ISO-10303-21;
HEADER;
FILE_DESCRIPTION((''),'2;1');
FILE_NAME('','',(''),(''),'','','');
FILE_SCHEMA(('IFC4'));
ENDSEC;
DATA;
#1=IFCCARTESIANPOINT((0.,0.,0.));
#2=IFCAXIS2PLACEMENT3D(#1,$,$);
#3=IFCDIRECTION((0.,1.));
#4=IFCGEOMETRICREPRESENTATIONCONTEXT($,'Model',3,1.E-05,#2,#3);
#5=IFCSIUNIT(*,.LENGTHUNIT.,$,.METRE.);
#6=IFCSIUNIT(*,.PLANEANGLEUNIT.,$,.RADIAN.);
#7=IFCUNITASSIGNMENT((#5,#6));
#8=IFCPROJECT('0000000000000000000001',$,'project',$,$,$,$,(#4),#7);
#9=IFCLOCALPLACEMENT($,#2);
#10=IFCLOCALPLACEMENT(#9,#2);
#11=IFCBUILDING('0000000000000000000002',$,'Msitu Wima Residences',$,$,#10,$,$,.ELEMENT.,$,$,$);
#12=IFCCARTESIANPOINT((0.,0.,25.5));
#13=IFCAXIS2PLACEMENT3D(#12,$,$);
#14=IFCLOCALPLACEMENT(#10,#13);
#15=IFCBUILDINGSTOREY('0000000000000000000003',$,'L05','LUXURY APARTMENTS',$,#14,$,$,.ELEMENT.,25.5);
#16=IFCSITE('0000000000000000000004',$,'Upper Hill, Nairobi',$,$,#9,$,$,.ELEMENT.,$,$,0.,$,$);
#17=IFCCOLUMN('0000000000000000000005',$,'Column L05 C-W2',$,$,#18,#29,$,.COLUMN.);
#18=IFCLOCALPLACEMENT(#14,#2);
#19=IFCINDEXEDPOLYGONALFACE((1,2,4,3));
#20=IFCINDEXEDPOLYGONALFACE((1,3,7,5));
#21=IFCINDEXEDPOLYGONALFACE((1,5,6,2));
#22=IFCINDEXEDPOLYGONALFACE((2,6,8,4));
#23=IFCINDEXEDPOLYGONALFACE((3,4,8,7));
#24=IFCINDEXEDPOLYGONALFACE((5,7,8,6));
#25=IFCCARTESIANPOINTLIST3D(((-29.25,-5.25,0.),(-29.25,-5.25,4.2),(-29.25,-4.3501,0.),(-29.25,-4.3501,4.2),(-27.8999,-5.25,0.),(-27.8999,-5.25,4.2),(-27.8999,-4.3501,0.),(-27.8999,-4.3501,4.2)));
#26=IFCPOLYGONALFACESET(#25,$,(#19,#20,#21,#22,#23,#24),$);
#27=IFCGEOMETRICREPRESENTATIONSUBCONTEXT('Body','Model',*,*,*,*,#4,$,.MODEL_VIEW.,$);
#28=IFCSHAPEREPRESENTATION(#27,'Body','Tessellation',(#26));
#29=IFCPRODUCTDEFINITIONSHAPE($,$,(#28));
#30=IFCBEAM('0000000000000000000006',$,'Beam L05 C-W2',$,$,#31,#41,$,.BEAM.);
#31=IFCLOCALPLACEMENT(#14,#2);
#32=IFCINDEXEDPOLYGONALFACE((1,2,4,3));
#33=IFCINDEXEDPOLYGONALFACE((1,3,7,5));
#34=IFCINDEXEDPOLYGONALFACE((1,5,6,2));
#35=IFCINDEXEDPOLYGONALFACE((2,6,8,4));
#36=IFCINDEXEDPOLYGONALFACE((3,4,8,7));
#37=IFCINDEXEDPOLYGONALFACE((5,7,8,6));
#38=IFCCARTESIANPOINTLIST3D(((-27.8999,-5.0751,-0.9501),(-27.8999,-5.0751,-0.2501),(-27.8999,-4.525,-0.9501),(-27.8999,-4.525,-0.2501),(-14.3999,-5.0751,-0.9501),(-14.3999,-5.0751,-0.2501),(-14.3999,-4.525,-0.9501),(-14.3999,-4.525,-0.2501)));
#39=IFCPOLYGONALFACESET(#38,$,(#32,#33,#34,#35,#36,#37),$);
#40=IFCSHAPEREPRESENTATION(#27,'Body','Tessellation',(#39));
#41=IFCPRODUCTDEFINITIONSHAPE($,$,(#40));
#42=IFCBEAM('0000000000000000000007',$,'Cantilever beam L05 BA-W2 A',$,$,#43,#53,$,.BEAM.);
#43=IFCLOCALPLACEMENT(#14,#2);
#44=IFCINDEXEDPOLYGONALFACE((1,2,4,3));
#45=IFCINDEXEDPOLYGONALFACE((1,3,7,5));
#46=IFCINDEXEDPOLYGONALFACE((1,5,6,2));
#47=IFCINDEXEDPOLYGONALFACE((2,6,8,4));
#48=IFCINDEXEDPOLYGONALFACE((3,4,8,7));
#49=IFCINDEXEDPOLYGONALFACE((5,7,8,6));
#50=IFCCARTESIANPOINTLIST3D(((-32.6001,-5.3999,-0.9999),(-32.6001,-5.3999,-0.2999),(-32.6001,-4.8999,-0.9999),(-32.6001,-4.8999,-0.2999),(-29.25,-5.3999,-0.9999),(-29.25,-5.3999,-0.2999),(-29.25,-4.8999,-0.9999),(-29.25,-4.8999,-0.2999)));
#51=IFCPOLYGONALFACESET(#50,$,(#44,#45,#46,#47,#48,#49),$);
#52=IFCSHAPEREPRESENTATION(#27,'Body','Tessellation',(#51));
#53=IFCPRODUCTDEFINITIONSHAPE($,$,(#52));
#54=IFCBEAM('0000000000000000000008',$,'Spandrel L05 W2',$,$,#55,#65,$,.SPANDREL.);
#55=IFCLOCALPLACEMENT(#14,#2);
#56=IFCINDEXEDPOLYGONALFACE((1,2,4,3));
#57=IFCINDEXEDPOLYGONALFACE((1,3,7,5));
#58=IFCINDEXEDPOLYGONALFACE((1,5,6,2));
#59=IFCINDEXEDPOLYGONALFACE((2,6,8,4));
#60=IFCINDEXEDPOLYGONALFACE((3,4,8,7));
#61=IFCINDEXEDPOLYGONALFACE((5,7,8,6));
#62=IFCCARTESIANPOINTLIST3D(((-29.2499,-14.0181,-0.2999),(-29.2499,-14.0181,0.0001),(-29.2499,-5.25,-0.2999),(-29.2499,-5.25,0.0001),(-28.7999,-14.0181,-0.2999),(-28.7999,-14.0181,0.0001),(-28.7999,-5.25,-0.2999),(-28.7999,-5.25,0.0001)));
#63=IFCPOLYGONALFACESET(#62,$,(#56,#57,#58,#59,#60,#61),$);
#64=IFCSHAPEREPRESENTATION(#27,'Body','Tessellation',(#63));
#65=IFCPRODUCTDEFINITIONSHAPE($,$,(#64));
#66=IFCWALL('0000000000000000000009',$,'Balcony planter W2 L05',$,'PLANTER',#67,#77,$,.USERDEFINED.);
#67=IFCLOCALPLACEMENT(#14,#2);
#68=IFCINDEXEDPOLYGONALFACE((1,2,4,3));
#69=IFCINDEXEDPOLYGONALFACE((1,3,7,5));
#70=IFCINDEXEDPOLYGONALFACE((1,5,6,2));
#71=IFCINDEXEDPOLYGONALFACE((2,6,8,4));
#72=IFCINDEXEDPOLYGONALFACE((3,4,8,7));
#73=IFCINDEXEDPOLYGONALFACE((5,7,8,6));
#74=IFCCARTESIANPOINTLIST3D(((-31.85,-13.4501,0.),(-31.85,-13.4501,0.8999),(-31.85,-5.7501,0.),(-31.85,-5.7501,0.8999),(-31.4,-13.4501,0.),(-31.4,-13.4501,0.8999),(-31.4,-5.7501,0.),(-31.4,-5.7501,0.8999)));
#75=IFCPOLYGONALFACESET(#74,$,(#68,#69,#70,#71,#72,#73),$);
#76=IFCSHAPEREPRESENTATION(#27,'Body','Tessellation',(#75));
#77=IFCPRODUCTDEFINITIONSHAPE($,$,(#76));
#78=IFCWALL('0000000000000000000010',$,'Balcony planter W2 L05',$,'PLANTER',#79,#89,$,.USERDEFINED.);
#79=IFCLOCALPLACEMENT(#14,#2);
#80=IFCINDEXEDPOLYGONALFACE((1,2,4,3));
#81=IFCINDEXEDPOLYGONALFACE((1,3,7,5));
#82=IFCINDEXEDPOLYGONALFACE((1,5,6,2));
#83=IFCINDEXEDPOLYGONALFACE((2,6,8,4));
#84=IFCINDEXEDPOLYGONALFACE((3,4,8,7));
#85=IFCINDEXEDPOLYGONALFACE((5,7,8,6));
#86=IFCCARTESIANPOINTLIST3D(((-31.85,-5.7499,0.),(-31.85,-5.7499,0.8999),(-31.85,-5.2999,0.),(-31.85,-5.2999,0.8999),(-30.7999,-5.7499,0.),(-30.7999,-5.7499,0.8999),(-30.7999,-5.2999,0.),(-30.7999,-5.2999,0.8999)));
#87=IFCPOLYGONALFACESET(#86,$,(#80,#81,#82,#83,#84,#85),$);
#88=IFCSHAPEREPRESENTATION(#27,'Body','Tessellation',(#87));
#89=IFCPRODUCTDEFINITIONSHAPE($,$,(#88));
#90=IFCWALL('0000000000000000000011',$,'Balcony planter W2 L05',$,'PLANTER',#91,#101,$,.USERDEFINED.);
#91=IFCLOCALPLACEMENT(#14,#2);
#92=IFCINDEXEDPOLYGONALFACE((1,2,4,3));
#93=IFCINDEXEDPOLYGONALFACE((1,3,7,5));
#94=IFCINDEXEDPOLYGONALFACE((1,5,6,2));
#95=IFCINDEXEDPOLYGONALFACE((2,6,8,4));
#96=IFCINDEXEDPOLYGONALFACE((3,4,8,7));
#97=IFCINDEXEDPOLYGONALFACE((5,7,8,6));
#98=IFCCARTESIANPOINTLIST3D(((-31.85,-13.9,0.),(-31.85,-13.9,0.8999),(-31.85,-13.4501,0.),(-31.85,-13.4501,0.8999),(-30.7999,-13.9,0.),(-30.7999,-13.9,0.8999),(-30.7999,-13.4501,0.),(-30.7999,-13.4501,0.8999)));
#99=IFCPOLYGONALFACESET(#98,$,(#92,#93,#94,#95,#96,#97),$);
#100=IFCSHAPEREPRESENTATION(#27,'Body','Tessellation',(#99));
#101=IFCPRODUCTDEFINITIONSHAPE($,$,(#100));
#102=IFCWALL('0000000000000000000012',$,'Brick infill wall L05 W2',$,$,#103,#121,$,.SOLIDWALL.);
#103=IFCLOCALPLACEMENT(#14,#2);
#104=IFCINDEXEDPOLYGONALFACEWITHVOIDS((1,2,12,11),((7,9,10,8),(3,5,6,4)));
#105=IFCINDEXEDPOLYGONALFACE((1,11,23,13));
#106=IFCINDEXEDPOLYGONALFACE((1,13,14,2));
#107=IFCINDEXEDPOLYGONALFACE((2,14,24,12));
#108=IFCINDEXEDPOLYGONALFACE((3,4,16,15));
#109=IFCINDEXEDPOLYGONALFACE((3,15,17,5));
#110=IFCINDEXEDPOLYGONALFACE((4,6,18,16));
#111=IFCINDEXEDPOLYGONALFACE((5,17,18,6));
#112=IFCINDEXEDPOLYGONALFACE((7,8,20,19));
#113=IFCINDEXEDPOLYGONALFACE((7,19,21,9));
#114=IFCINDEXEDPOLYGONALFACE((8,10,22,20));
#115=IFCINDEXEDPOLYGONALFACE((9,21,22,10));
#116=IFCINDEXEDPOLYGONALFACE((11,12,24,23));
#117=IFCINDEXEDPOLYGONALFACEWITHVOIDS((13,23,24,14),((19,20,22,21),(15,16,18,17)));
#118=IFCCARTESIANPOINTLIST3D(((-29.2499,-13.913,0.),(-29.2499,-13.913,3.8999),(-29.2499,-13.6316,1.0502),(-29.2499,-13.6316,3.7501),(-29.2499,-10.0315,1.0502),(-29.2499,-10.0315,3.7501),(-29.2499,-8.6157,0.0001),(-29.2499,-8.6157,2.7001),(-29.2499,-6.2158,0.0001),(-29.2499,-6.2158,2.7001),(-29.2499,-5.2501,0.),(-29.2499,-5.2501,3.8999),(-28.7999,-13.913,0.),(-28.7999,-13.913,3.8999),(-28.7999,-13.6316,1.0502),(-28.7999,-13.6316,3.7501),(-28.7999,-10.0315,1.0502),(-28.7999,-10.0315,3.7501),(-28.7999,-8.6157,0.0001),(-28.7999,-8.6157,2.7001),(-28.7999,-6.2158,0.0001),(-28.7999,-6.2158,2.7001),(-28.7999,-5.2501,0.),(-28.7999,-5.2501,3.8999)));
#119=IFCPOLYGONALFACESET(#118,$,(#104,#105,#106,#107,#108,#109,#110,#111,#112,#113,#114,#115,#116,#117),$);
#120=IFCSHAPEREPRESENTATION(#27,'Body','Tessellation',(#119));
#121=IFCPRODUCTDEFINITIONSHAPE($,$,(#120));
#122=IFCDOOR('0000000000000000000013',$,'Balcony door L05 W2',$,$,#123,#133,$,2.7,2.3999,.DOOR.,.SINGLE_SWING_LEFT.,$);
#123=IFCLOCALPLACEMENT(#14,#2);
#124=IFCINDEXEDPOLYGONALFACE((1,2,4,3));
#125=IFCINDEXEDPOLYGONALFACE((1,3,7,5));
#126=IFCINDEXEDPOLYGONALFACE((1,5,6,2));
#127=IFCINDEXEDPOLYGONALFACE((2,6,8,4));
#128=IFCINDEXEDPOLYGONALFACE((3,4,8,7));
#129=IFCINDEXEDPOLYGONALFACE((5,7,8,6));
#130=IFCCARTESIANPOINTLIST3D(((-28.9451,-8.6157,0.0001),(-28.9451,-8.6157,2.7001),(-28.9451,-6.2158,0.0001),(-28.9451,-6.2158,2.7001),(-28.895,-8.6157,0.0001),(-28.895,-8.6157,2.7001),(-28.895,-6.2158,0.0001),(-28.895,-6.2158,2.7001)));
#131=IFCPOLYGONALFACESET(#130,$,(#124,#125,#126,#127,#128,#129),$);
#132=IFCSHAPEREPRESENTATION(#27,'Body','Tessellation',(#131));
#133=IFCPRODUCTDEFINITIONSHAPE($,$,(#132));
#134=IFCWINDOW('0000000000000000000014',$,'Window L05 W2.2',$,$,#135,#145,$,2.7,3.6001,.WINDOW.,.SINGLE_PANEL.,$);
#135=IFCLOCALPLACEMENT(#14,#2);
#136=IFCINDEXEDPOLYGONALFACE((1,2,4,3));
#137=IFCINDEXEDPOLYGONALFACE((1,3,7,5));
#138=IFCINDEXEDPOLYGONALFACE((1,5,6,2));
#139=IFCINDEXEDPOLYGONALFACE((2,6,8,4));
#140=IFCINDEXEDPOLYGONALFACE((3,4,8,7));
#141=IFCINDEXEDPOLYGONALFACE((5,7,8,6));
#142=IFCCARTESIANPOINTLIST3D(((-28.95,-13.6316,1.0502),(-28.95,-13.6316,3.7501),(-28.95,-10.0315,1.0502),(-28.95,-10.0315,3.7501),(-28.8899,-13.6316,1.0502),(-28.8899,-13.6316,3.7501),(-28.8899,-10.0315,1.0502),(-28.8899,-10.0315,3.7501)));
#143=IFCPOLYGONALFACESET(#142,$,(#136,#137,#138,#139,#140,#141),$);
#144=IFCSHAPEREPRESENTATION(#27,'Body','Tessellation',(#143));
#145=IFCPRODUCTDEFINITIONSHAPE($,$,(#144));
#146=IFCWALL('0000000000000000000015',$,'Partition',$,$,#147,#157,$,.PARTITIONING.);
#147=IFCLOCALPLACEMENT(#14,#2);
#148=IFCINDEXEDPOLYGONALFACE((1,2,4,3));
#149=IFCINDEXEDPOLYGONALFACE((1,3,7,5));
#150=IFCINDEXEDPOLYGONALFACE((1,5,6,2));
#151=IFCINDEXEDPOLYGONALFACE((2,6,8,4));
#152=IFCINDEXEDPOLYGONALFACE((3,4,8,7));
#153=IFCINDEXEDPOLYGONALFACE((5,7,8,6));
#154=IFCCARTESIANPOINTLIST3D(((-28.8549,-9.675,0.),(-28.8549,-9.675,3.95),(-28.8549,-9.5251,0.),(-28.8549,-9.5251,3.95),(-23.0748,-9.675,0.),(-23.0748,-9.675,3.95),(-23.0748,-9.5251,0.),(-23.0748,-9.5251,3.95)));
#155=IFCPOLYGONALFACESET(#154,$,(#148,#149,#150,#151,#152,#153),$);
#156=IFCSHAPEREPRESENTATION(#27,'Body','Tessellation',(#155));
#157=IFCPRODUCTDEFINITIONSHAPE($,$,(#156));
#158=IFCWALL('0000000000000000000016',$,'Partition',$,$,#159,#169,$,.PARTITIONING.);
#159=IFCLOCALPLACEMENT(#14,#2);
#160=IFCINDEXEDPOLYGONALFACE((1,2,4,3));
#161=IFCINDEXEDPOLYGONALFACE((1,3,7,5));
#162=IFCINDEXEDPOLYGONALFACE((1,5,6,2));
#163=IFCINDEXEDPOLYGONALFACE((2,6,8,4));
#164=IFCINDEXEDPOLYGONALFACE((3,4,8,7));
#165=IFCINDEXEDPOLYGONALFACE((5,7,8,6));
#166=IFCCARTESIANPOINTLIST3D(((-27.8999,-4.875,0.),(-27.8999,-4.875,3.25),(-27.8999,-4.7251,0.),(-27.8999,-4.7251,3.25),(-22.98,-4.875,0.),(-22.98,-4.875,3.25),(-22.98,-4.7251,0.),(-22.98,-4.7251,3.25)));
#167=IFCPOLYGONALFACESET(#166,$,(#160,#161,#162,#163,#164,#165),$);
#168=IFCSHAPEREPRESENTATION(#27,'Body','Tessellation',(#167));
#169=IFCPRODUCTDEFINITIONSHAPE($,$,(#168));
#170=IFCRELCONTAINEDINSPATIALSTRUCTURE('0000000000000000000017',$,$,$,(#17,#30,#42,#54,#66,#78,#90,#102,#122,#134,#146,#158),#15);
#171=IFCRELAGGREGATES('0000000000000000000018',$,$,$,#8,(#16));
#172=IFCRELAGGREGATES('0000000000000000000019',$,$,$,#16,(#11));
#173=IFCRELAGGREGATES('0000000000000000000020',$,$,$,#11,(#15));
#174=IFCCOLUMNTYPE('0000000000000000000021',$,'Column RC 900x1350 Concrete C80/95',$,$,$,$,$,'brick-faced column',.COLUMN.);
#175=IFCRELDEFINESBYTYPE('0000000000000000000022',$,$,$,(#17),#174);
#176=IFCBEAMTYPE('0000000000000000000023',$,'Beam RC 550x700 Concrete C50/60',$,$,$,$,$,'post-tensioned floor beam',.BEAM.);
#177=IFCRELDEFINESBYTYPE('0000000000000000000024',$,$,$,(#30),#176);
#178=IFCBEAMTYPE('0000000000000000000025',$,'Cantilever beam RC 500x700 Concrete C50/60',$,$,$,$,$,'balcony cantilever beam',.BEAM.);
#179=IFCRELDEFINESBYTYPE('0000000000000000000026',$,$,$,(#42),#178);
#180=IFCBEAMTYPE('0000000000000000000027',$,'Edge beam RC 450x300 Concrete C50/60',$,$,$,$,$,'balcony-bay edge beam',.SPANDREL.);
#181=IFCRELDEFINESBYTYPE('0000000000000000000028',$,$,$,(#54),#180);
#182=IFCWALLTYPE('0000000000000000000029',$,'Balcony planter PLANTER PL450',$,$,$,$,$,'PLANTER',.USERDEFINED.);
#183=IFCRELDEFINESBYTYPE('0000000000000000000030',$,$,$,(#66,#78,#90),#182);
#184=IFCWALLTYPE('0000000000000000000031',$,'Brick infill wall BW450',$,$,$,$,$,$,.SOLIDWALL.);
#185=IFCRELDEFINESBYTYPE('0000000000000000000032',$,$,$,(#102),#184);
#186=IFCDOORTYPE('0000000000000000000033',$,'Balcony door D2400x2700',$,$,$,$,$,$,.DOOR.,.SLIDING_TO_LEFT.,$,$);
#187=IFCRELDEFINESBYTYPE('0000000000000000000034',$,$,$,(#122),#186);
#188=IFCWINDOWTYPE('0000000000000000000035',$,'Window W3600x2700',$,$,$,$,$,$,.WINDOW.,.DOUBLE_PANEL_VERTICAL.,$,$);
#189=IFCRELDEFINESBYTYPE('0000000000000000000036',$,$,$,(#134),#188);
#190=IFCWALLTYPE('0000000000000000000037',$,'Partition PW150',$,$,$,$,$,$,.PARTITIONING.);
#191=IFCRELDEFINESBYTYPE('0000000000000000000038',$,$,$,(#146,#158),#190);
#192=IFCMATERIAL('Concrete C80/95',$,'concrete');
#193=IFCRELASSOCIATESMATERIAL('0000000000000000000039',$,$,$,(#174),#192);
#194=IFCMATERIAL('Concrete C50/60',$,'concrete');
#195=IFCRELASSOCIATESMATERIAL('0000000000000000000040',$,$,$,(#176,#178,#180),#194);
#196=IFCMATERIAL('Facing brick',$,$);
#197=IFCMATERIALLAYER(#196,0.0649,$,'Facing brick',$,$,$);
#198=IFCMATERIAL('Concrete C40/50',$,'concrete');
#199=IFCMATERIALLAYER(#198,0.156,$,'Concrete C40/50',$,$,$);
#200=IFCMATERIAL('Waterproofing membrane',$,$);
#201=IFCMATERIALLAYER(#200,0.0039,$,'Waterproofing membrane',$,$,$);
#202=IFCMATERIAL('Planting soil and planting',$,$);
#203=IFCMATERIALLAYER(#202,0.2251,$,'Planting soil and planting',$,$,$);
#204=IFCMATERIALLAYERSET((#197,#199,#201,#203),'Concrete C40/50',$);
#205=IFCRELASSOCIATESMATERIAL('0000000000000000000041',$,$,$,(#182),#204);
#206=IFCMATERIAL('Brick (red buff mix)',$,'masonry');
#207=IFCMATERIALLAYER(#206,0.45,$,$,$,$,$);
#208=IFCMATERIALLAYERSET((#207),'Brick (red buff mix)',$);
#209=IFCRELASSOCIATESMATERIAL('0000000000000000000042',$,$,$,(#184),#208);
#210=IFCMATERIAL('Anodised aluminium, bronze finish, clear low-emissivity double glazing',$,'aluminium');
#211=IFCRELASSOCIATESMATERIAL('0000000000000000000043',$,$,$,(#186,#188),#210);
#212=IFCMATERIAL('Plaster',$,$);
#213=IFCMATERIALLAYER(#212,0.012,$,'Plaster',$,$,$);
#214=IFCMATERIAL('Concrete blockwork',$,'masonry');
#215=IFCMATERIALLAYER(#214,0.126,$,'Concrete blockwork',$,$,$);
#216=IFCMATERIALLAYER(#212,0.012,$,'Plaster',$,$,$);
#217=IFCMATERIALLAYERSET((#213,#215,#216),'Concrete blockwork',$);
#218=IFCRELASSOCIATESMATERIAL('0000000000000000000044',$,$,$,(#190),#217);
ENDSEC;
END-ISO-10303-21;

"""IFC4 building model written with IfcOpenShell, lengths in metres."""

from ifc_helpers import new_model, si_unit, direction, frame, frame_2d, origin, origin_2d, place, context, subcontext, project, spatial, rectangle, extrude, material, layer, layer_set, material_profile, profile_set, type_object, element, fill, save


model = new_model("IFC4")

# Units and contexts
model_context = context("Model", 3, precision=1e-05, world=origin(), true_north=direction((0.0, 1.0)))
body_context = subcontext(model_context, "Body", "Model", "MODEL_VIEW")
ifc_project = project(units=[si_unit("LENGTHUNIT", "METRE"), si_unit("PLANEANGLEUNIT", "RADIAN")], contexts=[model_context])

# Site, building, storey
site_placement = place(None, origin())
site = spatial("IfcSite", under=ifc_project, at=site_placement, Name="Upper Hill, Nairobi", CompositionType="ELEMENT", RefElevation=0.0)
building_placement = place(site_placement, origin())
building = spatial("IfcBuilding", under=site, at=building_placement, Name="Msitu Wima Residences", CompositionType="ELEMENT")
storey_placement = place(building_placement, frame((0.0, 0.0, 25.5)))
storey = spatial("IfcBuildingStorey", under=building, at=storey_placement, Name="L05", Description="LUXURY APARTMENTS", CompositionType="ELEMENT", Elevation=25.5)

# Column
ifc_material_1 = material(Name="Concrete C80/95", Category="concrete")
ifc_material_profile_1 = material_profile(ifc_material_1, rectangle(XDim=0.8999, YDim=1.3501, at=origin_2d()), Name="RC 900x1350")
ifc_profile_set_1 = profile_set([ifc_material_profile_1], Name="Concrete C80/95")
column_type = type_object("IfcColumnType", Name="Column RC 900x1350 Concrete C80/95", ElementType="brick-faced column", PredefinedType="COLUMN", material=ifc_profile_set_1)
column_placement = place(storey_placement, frame((-28.575, -4.8, 0.0), z_axis=(0.0, 0.0, 1.0), x_axis=(0.0, -1.0, 0.0)))
element("IfcColumn", 1, at=column_placement, inside=storey, type_object=column_type, Name="Column L05 C-W2", PredefinedType="COLUMN", context=body_context, shape_type="SweptSolid", body=[
    extrude(rectangle(XDim=0.8999, YDim=1.3501, at=origin_2d()), origin(), (0.0, 0.0, 1.0), 4.2),
])

# Beams
ifc_material_2 = material(Name="Concrete C50/60", Category="concrete")
ifc_material_profile_2 = material_profile(ifc_material_2, rectangle(XDim=0.55, YDim=0.7, at=origin_2d()), Name="RC 550x700")
ifc_profile_set_2 = profile_set([ifc_material_profile_2], Name="Concrete C50/60")
beam_type_1 = type_object("IfcBeamType", Name="Beam RC 550x700 Concrete C50/60", ElementType="post-tensioned floor beam", PredefinedType="BEAM", material=ifc_profile_set_2)
beam_1_placement = place(storey_placement, frame((-27.8999, -4.8, -0.6001), z_axis=(1.0, 0.0, 0.0), x_axis=(0.0, 1.0, 0.0)))
element("IfcBeam", 2, at=beam_1_placement, inside=storey, type_object=beam_type_1, Name="Beam L05 C-W2", PredefinedType="BEAM", context=body_context, shape_type="SweptSolid", body=[
    extrude(rectangle(XDim=0.55, YDim=0.7, at=origin_2d()), origin(), (0.0, 0.0, 1.0), 13.5),
])
ifc_material_profile_3 = material_profile(ifc_material_2, rectangle(XDim=0.5, YDim=0.7, at=origin_2d()), Name="RC 500x700")
ifc_profile_set_3 = profile_set([ifc_material_profile_3], Name="Concrete C50/60")
beam_type_2 = type_object("IfcBeamType", Name="Cantilever beam RC 500x700 Concrete C50/60", ElementType="balcony cantilever beam", PredefinedType="BEAM", material=ifc_profile_set_3)
beam_2_placement = place(storey_placement, frame((-29.25, -5.1499, -0.6499), z_axis=(-1.0, 0.0, 0.0), x_axis=(0.0, -1.0, 0.0)))
element("IfcBeam", 3, at=beam_2_placement, inside=storey, type_object=beam_type_2, Name="Cantilever beam L05 BA-W2 A", PredefinedType="BEAM", context=body_context, shape_type="SweptSolid", body=[
    extrude(rectangle(XDim=0.5, YDim=0.7, at=origin_2d()), origin(), (0.0, 0.0, 1.0), 3.3501),
])
ifc_material_profile_4 = material_profile(ifc_material_2, rectangle(XDim=0.45, YDim=0.3, at=origin_2d()), Name="RC 450x300")
ifc_profile_set_4 = profile_set([ifc_material_profile_4], Name="Concrete C50/60")
beam_type_3 = type_object("IfcBeamType", Name="Edge beam RC 450x300 Concrete C50/60", ElementType="balcony-bay edge beam", PredefinedType="SPANDREL", material=ifc_profile_set_4)
beam_3_placement = place(storey_placement, frame((-29.0249, -5.25, -0.1499), z_axis=(0.0, -1.0, 0.0), x_axis=(1.0, 0.0, 0.0)))
element("IfcBeam", 4, at=beam_3_placement, inside=storey, type_object=beam_type_3, Name="Spandrel L05 W2", PredefinedType="SPANDREL", context=body_context, shape_type="SweptSolid", body=[
    extrude(rectangle(XDim=0.45, YDim=0.3, at=origin_2d()), origin(), (0.0, 0.0, 1.0), 8.7681),
])

# Walls
ifc_material_3 = material(Name="Facing brick")
ifc_layer_1 = layer(ifc_material_3, 0.0649, Name="Facing brick")
ifc_material_4 = material(Name="Concrete C40/50", Category="concrete")
ifc_layer_2 = layer(ifc_material_4, 0.156, Name="Concrete C40/50")
ifc_material_5 = material(Name="Waterproofing membrane")
ifc_layer_3 = layer(ifc_material_5, 0.0039, Name="Waterproofing membrane")
ifc_material_6 = material(Name="Planting soil and planting")
ifc_layer_4 = layer(ifc_material_6, 0.2251, Name="Planting soil and planting")
ifc_layer_set_1 = layer_set([ifc_layer_1, ifc_layer_2, ifc_layer_3, ifc_layer_4], Name="Concrete C40/50")
wall_type_1 = type_object("IfcWallType", Name="Balcony planter PLANTER PL450", ElementType="PLANTER", PredefinedType="USERDEFINED", material=ifc_layer_set_1)
wall_1_placement = place(storey_placement, frame((-31.625, -5.75, 0.0), z_axis=(0.0, 0.0, 1.0), x_axis=(0.0, -1.0, 0.0)))
element("IfcWall", 5, at=wall_1_placement, inside=storey, type_object=wall_type_1, Name="Balcony planter W2 L05", ObjectType="PLANTER", PredefinedType="USERDEFINED", context=body_context, shape_type="SweptSolid", body=[
    extrude(rectangle(XDim=7.7, YDim=0.45, at=frame_2d((3.8501, 0.0))), origin(), (0.0, 0.0, 1.0), 0.8999),
])
for number, where, z_axis, x_axis, name in (
    (6, (-30.8, -5.5249, 0.0), (0.0, 0.0, 1.0), (-1.0, 0.0, 0.0), "Balcony planter W2 L05"),
    (7, (-30.8, -13.675, 0.0), (0.0, 0.0, 1.0), (-1.0, 0.0, 0.0), "Balcony planter W2 L05"),
):
    element("IfcWall", number, at=place(storey_placement, frame(where, z_axis=z_axis, x_axis=x_axis)), inside=storey, type_object=wall_type_1, Name=name, ObjectType="PLANTER", PredefinedType="USERDEFINED", context=body_context, shape_type="SweptSolid", body=[
        extrude(rectangle(XDim=1.05, YDim=0.45, at=frame_2d((0.5249, 0.0))), origin(), (0.0, 0.0, 1.0), 0.8999),
    ])

# Wall, openings, door, window
ifc_material_7 = material(Name="Brick (red buff mix)", Category="masonry")
ifc_layer_5 = layer(ifc_material_7, 0.45)
ifc_layer_set_2 = layer_set([ifc_layer_5], Name="Brick (red buff mix)")
wall_type_2 = type_object("IfcWallType", Name="Brick infill wall BW450", PredefinedType="SOLIDWALL", material=ifc_layer_set_2)
wall_2_placement = place(storey_placement, frame((-29.0249, -5.25, 0.0), z_axis=(0.0, 0.0, 1.0), x_axis=(0.0, -1.0, 0.0)))
wall_2 = element("IfcWall", 8, at=wall_2_placement, inside=storey, type_object=wall_type_2, Name="Brick infill wall L05 W2", PredefinedType="SOLIDWALL", context=body_context, shape_type="SweptSolid", body=[
    extrude(rectangle(XDim=8.6628, YDim=0.45, at=frame_2d((4.3315, 0.0))), origin(), (0.0, 0.0, 1.0), 3.8999),
])
opening_1_placement = place(wall_2_placement, frame((0.9658, 0.0, 0.0)))
opening_1 = element("IfcOpeningElement", 9, at=opening_1_placement, cuts=wall_2, PredefinedType="OPENING", context=body_context, shape_type="SweptSolid", body=[
    extrude(rectangle(XDim=2.3999, YDim=2.7, at=frame_2d((1.2, 1.3501))), frame((0.0, 0.2349, 0.0), z_axis=(0.0, -1.0, 0.0), x_axis=(1.0, 0.0, 0.0)), (0.0, 0.0, 1.0), 0.47),
])
opening_2_placement = place(wall_2_placement, frame((4.7815, 0.0, 1.05)))
opening_2 = element("IfcOpeningElement", 10, at=opening_2_placement, cuts=wall_2, PredefinedType="OPENING", context=body_context, shape_type="SweptSolid", body=[
    extrude(rectangle(XDim=3.6001, YDim=2.7, at=frame_2d((1.8, 1.3501))), frame((0.0, 0.2349, 0.0), z_axis=(0.0, -1.0, 0.0), x_axis=(1.0, 0.0, 0.0)), (0.0, 0.0, 1.0), 0.47),
])
ifc_material_8 = material(Name="Anodised aluminium, bronze finish, clear low-emissivity double glazing", Category="aluminium")
door_type_1 = type_object("IfcDoorType", Name="Balcony door D2400x2700", OperationType="SLIDING_TO_LEFT", PredefinedType="DOOR", material=ifc_material_8)
door_1_placement = place(opening_1_placement, origin())
door_1 = element("IfcDoor", 11, at=door_1_placement, inside=storey, type_object=door_type_1, Name="Balcony door L05 W2", OperationType="SINGLE_SWING_LEFT", OverallHeight=2.7, OverallWidth=2.3999, PredefinedType="DOOR", context=body_context, shape_type="SweptSolid", body=[
    extrude(rectangle(XDim=2.3999, YDim=2.7, at=frame_2d((1.2, 1.3501))), frame((0.0, 0.1299, 0.0), z_axis=(0.0, -1.0, 0.0), x_axis=(1.0, 0.0, 0.0)), (0.0, 0.0, 1.0), 0.05),
])
fill(opening_1, door_1)
window_type = type_object("IfcWindowType", Name="Window W3600x2700", PartitioningType="DOUBLE_PANEL_VERTICAL", PredefinedType="WINDOW", material=ifc_material_8)
window_placement = place(opening_2_placement, origin())
window = element("IfcWindow", 12, at=window_placement, inside=storey, type_object=window_type, Name="Window L05 W2.2", OverallHeight=2.7, OverallWidth=3.6001, PartitioningType="SINGLE_PANEL", PredefinedType="WINDOW", context=body_context, shape_type="SweptSolid", body=[
    extrude(rectangle(XDim=3.6001, YDim=2.7, at=frame_2d((1.8, 1.3501))), frame((0.0, 0.135, 0.0), z_axis=(0.0, -1.0, 0.0), x_axis=(1.0, 0.0, 0.0)), (0.0, 0.0, 1.0), 0.0601),
])
fill(opening_2, window)

# Walls
ifc_material_9 = material(Name="Plaster")
ifc_layer_6 = layer(ifc_material_9, 0.012, Name="Plaster")
ifc_material_10 = material(Name="Concrete blockwork", Category="masonry")
ifc_layer_7 = layer(ifc_material_10, 0.126, Name="Concrete blockwork")
ifc_layer_8 = layer(ifc_material_9, 0.012, Name="Plaster")
ifc_layer_set_3 = layer_set([ifc_layer_6, ifc_layer_7, ifc_layer_8], Name="Concrete blockwork")
wall_type_3 = type_object("IfcWallType", Name="Partition PW150", PredefinedType="PARTITIONING", material=ifc_layer_set_3)
wall_3_placement = place(storey_placement, frame((-28.855, -9.6001, 0.0), z_axis=(0.0, 0.0, 1.0), x_axis=(1.0, 0.0, 0.0)))
element("IfcWall", 13, at=wall_3_placement, inside=storey, type_object=wall_type_3, Name="Partition", PredefinedType="PARTITIONING", context=body_context, shape_type="SweptSolid", body=[
    extrude(rectangle(XDim=5.78, YDim=0.1499, at=frame_2d((2.8901, 0.0))), origin(), (0.0, 0.0, 1.0), 3.95),
])
wall_4_placement = place(storey_placement, frame((-27.8999, -4.8, 0.0), z_axis=(0.0, 0.0, 1.0), x_axis=(1.0, 0.0, 0.0)))
element("IfcWall", 14, at=wall_4_placement, inside=storey, type_object=wall_type_3, Name="Partition", PredefinedType="PARTITIONING", context=body_context, shape_type="SweptSolid", body=[
    extrude(rectangle(XDim=4.9199, YDim=0.1499, at=frame_2d((2.46, 0.0))), origin(), (0.0, 0.0, 1.0), 3.25),
])

save(model, "model.ifc")
